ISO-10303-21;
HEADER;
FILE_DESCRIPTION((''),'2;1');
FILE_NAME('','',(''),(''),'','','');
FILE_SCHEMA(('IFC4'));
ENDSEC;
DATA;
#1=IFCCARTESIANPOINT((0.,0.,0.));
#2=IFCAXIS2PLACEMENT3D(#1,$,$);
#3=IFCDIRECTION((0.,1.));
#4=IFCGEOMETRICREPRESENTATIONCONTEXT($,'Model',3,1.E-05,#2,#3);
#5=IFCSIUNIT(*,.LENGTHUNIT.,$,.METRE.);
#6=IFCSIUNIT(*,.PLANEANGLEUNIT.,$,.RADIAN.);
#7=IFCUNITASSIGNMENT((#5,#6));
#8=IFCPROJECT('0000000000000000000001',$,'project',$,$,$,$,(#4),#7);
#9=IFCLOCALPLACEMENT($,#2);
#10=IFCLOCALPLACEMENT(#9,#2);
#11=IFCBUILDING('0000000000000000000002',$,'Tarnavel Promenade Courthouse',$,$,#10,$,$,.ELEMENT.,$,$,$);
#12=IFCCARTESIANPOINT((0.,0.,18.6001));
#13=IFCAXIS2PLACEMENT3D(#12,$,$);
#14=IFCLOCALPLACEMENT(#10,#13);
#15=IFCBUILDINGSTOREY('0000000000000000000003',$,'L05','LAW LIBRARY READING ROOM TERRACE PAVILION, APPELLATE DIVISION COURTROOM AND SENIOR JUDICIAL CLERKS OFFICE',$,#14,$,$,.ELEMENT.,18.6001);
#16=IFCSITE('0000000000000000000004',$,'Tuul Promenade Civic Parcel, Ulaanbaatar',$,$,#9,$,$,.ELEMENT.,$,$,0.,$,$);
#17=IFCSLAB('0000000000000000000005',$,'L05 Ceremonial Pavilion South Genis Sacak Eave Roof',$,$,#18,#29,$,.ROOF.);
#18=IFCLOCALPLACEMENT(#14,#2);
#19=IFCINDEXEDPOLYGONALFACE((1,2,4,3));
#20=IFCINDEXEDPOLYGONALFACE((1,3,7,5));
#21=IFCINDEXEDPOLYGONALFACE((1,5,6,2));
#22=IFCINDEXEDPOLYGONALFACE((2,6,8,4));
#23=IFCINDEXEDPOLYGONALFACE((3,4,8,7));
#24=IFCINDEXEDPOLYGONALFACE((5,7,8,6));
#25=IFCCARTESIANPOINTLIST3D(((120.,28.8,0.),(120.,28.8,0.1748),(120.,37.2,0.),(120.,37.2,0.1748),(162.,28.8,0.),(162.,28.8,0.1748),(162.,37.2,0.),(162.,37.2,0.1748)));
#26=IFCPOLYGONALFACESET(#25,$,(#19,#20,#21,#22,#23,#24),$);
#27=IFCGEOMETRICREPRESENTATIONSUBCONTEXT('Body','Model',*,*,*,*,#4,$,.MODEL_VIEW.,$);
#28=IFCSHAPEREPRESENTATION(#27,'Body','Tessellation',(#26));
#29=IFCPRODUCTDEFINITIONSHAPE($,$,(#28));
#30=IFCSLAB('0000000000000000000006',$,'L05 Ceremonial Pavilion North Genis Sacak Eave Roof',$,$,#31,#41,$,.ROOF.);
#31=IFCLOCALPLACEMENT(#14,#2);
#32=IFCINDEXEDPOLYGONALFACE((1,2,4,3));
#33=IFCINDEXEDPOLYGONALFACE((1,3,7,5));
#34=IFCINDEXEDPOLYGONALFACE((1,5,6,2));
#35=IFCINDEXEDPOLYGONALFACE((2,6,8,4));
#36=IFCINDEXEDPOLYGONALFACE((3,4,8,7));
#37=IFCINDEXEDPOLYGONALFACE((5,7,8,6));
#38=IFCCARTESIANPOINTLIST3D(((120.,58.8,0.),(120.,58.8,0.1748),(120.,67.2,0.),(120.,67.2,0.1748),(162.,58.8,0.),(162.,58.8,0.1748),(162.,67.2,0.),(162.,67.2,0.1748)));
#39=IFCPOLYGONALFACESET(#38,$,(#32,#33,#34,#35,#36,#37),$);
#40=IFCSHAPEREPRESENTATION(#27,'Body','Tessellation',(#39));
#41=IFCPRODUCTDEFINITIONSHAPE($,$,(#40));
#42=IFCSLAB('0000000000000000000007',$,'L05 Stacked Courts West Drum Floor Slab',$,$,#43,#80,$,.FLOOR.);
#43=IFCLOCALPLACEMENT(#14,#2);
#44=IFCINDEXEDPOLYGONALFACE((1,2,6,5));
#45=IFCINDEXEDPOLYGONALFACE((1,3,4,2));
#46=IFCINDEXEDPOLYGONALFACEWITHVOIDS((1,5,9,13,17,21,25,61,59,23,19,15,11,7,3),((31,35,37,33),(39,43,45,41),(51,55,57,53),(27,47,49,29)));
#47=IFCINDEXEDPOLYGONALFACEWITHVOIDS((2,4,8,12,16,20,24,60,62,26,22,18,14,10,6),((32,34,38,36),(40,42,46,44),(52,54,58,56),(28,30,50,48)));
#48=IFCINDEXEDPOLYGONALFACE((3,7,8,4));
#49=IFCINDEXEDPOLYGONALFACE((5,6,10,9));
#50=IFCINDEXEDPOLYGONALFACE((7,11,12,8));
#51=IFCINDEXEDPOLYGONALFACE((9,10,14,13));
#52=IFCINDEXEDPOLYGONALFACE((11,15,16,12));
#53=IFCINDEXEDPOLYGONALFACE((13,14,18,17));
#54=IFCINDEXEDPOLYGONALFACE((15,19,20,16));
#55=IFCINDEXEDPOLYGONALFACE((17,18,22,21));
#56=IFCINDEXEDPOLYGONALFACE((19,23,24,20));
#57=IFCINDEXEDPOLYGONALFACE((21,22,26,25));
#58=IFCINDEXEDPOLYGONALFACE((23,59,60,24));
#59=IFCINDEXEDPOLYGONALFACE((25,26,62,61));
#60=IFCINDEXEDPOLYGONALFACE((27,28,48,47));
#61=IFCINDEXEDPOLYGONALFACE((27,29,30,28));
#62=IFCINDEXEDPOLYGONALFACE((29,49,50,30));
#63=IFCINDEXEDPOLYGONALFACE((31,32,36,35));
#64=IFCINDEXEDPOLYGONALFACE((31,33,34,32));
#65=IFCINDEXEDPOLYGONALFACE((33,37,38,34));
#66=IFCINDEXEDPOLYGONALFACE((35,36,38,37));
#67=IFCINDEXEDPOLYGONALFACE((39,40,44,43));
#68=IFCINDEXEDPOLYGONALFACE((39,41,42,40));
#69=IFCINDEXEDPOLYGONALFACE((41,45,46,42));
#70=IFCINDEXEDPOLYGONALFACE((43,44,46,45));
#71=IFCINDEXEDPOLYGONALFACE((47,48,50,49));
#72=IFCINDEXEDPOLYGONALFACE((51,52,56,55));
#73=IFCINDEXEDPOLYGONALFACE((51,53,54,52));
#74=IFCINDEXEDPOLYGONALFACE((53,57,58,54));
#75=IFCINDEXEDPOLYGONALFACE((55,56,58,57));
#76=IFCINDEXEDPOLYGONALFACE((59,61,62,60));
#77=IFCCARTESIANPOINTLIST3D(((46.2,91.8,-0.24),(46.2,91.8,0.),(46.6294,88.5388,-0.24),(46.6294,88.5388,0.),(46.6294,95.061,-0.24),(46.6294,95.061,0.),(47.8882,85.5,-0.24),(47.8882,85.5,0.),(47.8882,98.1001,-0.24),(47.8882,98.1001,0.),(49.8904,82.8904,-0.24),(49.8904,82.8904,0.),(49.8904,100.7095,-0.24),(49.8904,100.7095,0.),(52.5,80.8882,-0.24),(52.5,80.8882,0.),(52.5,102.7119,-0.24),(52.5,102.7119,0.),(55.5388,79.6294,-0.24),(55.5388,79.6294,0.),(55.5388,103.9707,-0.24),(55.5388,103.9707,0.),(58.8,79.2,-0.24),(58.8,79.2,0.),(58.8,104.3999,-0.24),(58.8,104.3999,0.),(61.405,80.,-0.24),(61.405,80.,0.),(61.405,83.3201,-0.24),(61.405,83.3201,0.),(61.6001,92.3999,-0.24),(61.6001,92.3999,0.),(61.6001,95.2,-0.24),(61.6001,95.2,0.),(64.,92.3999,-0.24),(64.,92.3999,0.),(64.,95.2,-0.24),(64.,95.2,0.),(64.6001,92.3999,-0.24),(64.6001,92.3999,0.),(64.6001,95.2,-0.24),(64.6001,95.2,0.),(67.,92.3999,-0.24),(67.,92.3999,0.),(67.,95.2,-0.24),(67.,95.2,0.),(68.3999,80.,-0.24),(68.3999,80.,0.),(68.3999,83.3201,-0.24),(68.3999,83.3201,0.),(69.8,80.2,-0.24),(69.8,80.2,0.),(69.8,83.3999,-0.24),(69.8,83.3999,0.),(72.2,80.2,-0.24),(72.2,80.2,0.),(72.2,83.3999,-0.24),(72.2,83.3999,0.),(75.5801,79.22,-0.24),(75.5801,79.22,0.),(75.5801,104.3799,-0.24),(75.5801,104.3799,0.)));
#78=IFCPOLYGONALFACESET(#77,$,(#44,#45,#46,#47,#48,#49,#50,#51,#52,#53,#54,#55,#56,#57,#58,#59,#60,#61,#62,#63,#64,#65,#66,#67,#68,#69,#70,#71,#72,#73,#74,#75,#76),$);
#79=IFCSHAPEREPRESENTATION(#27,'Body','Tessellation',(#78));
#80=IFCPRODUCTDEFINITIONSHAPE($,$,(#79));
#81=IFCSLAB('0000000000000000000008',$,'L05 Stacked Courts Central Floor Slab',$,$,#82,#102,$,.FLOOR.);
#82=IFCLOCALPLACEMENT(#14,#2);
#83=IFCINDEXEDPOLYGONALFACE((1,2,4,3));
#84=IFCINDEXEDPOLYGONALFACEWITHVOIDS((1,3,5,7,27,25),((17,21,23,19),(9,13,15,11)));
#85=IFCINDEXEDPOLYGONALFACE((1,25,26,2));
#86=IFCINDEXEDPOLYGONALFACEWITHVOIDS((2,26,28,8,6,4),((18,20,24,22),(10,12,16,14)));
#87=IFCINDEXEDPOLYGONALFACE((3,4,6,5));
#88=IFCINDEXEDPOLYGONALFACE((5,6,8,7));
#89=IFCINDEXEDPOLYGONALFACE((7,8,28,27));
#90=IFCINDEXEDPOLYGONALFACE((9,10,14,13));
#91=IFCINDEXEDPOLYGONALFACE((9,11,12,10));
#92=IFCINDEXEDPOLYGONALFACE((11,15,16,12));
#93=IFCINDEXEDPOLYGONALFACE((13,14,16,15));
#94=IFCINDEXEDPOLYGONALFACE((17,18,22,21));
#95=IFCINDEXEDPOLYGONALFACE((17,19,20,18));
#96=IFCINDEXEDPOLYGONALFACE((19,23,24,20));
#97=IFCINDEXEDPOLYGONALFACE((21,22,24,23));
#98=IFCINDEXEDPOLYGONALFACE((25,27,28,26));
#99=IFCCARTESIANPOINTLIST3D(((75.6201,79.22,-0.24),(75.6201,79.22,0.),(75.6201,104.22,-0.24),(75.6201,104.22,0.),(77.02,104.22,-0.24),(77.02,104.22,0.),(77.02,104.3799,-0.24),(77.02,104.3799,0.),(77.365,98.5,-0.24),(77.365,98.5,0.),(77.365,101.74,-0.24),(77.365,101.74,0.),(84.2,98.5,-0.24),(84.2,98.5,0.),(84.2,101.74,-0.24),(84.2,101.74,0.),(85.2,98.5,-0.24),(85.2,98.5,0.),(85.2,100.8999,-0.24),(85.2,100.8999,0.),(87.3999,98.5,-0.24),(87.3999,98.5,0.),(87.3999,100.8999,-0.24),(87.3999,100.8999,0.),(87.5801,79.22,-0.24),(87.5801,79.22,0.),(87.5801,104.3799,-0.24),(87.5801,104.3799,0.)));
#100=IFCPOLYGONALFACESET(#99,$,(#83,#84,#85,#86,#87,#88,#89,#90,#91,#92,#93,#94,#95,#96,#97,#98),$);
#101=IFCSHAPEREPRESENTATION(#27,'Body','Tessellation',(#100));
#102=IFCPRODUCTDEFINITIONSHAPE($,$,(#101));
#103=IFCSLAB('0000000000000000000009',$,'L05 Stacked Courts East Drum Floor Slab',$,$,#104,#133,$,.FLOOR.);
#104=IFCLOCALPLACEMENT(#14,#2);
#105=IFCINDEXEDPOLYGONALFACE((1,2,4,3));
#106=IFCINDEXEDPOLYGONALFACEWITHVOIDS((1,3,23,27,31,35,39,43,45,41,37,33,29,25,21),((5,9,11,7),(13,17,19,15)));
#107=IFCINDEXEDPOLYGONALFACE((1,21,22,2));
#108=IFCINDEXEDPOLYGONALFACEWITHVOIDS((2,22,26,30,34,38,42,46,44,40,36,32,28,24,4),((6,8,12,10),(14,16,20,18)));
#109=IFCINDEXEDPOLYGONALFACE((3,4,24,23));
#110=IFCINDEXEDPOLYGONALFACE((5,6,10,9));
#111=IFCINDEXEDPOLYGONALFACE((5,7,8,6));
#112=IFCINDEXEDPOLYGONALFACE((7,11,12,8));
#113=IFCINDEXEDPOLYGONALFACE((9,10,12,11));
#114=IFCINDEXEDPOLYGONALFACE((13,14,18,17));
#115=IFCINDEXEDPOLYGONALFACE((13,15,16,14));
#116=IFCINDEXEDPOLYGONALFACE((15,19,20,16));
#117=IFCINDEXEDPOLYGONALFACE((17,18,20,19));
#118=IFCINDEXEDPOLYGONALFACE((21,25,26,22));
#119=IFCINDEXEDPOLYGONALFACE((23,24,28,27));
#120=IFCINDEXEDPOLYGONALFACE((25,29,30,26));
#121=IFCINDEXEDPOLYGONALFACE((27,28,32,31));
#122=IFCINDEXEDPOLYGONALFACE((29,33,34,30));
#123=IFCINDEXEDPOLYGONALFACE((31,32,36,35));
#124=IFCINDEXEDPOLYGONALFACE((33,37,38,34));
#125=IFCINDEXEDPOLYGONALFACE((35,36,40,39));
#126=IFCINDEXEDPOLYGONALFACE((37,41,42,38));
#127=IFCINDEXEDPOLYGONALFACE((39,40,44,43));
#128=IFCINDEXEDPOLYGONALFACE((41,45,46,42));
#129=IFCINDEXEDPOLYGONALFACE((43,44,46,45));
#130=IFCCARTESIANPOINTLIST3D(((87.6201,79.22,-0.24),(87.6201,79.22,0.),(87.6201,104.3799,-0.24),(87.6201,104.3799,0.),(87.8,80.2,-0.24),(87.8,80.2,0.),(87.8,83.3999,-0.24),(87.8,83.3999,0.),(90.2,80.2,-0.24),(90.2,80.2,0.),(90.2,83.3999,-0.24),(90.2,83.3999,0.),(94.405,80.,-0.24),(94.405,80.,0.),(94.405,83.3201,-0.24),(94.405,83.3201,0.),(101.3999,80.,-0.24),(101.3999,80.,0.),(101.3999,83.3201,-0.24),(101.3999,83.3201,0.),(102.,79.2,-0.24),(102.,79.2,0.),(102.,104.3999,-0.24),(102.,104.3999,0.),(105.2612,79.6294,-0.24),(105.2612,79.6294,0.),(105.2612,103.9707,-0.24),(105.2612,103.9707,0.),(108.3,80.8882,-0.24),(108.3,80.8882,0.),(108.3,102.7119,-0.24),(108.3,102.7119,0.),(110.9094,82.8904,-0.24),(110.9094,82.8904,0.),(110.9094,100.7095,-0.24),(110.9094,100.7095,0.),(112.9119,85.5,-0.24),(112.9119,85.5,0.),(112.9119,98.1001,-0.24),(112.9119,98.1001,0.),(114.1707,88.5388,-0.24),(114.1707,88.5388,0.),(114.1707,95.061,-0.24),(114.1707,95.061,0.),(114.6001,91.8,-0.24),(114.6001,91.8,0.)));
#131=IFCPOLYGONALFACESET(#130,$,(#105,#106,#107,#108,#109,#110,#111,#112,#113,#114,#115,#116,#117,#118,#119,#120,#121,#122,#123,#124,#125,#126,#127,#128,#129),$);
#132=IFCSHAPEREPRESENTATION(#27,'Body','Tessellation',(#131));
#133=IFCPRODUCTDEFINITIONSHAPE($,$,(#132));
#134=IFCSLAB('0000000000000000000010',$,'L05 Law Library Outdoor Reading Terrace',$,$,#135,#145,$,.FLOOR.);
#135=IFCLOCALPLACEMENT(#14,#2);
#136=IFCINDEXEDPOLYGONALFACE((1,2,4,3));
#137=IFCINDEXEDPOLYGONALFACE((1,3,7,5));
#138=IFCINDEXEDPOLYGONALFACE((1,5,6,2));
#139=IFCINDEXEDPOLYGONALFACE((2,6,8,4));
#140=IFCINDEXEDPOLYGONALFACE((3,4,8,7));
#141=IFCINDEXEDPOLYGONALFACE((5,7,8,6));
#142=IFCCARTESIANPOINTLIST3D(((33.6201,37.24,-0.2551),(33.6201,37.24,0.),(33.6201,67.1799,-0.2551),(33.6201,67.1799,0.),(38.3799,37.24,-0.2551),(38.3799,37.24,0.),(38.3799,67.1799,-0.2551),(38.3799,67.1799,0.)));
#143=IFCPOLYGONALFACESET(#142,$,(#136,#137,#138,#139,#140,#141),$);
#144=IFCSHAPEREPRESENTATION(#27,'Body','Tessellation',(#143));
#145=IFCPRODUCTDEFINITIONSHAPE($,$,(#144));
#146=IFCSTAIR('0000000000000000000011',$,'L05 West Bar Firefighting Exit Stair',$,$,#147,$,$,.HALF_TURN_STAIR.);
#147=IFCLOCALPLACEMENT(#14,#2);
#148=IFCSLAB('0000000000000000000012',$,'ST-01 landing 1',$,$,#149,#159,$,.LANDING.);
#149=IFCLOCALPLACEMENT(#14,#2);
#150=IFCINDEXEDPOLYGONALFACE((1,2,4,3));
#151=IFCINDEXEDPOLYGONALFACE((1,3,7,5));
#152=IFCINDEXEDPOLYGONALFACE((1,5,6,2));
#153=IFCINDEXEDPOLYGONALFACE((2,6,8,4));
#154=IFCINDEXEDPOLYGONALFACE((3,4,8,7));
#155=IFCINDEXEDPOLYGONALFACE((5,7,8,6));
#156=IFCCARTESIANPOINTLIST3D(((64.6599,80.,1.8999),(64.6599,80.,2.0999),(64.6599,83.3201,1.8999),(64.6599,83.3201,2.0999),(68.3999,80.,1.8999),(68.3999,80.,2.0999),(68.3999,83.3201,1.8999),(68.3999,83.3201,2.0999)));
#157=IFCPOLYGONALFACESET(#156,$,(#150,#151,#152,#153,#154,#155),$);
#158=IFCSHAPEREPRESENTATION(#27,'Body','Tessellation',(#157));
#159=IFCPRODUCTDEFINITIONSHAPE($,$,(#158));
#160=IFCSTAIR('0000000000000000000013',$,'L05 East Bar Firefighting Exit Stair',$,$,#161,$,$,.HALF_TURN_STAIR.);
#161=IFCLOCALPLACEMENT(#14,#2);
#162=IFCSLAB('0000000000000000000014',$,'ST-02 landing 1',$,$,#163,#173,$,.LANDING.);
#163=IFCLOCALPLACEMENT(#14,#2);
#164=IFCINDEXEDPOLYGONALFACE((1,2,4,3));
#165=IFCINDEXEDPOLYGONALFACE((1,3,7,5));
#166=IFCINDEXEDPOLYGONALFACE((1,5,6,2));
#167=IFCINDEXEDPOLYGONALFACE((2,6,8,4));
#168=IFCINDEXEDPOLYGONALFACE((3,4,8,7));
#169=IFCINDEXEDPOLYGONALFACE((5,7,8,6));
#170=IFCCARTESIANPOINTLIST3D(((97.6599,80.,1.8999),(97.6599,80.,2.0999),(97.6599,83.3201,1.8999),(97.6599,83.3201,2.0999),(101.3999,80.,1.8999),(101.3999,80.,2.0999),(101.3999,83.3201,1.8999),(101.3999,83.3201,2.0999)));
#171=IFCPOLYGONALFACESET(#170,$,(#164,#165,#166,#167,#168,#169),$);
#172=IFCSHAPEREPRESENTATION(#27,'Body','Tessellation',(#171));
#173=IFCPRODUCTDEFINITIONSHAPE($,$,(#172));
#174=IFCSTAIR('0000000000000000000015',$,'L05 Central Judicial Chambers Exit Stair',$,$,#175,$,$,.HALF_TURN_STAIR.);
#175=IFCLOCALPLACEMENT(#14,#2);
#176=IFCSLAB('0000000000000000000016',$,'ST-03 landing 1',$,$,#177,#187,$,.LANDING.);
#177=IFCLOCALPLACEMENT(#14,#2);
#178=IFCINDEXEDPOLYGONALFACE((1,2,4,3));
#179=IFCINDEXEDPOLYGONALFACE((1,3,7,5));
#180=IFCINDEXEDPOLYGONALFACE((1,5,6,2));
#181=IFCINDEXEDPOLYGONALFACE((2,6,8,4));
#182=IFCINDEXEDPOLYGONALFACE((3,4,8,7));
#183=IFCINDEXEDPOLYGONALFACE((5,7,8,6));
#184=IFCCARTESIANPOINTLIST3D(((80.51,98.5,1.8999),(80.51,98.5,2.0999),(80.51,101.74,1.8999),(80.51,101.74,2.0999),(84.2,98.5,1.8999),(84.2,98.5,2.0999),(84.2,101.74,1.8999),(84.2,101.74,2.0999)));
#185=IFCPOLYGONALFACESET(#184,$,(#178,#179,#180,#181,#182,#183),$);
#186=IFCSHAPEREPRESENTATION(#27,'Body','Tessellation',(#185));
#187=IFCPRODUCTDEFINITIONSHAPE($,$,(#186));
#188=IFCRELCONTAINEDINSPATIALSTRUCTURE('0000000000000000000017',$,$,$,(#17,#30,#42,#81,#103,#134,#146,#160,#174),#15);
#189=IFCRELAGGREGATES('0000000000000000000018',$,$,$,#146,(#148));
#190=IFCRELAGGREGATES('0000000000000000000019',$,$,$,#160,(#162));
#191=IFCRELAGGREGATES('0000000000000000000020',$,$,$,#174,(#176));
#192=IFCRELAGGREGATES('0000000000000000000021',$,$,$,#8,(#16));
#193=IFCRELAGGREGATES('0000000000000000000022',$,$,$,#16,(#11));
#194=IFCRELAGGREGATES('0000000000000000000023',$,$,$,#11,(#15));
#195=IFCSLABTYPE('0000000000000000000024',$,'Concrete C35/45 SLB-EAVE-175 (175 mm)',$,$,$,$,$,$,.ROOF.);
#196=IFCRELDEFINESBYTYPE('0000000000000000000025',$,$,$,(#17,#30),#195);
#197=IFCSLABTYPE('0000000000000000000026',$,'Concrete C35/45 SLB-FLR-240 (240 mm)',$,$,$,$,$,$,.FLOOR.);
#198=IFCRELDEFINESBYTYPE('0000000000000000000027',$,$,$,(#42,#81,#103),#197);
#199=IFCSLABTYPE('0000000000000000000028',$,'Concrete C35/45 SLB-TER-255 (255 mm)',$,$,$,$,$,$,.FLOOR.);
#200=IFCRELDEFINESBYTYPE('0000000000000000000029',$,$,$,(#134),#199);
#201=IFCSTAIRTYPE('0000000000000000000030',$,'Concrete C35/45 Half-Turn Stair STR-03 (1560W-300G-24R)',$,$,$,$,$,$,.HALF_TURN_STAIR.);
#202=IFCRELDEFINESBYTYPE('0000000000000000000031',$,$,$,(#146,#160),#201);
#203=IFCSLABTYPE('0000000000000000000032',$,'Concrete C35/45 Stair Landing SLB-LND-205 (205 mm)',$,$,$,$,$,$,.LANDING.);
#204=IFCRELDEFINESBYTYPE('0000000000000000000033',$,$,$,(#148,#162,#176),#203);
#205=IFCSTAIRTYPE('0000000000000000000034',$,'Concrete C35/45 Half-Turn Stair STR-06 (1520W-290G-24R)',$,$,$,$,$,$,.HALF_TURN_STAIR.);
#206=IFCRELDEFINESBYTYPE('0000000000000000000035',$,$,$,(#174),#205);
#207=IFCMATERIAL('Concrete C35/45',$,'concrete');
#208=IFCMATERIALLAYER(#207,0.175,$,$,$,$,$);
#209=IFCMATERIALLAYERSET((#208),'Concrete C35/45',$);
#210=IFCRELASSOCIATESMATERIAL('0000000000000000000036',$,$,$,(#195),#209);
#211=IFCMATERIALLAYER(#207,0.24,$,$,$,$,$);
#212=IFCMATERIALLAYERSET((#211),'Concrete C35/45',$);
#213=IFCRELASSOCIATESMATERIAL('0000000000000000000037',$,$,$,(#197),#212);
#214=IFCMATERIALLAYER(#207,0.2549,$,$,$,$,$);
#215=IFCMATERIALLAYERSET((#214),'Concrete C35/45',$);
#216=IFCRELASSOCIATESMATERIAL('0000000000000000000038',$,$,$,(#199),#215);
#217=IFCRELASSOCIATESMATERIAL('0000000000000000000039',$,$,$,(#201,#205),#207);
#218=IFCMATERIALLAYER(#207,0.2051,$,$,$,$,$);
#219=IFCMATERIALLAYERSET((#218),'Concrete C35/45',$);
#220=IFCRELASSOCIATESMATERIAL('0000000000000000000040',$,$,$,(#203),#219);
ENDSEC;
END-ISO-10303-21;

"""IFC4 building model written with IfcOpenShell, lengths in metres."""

from ifc_helpers import new_model, si_unit, direction, frame, origin, place, context, subcontext, project, spatial, polyline, outline, extrude, material, layer, layer_set, type_object, element, aggregate, save


model = new_model("IFC4")

# Units and contexts
model_context = context("Model", 3, precision=1e-05, world=origin(), true_north=direction((0.0, 1.0)))
body_context = subcontext(model_context, "Body", "Model", "MODEL_VIEW")
ifc_project = project(units=[si_unit("LENGTHUNIT", "METRE"), si_unit("PLANEANGLEUNIT", "RADIAN")], contexts=[model_context])

# Site, building, storey
site_placement = place(None, origin())
site = spatial("IfcSite", under=ifc_project, at=site_placement, Name="Tuul Promenade Civic Parcel, Ulaanbaatar", CompositionType="ELEMENT", RefElevation=0.0)
building_placement = place(site_placement, origin())
building = spatial("IfcBuilding", under=site, at=building_placement, Name="Tarnavel Promenade Courthouse", CompositionType="ELEMENT")
storey_placement = place(building_placement, frame((0.0, 0.0, 18.6001)))
storey = spatial("IfcBuildingStorey", under=building, at=storey_placement, Name="L05", Description="LAW LIBRARY READING ROOM TERRACE PAVILION, APPELLATE DIVISION COURTROOM AND SENIOR JUDICIAL CLERKS OFFICE", CompositionType="ELEMENT", Elevation=18.6001)

# Slabs
ifc_material_1 = material(Name="Concrete C35/45", Category="concrete")
ifc_layer_1 = layer(ifc_material_1, 0.175)
ifc_layer_set_1 = layer_set([ifc_layer_1], Name="Concrete C35/45")
slab_type_1 = type_object("IfcSlabType", Name="Concrete C35/45 SLB-EAVE-175 (175 mm)", PredefinedType="ROOF", material=ifc_layer_set_1)
slab_1_placement = place(storey_placement, origin())
element("IfcSlab", 1, at=slab_1_placement, inside=storey, type_object=slab_type_1, Name="L05 Ceremonial Pavilion South Genis Sacak Eave Roof", PredefinedType="ROOF", context=body_context, shape_type="SweptSolid", body=[
    extrude(outline(polyline([(120.0, 28.8), (162.0, 28.8), (162.0, 37.2), (120.0, 37.2), (120.0, 28.8)])), origin(), (0.0, 0.0, 1.0), 0.1748),
])
slab_2_placement = place(storey_placement, origin())
element("IfcSlab", 2, at=slab_2_placement, inside=storey, type_object=slab_type_1, Name="L05 Ceremonial Pavilion North Genis Sacak Eave Roof", PredefinedType="ROOF", context=body_context, shape_type="SweptSolid", body=[
    extrude(outline(polyline([(120.0, 58.8), (162.0, 58.8), (162.0, 67.2), (120.0, 67.2), (120.0, 58.8)])), origin(), (0.0, 0.0, 1.0), 0.1748),
])
ifc_layer_2 = layer(ifc_material_1, 0.24)
ifc_layer_set_2 = layer_set([ifc_layer_2], Name="Concrete C35/45")
slab_type_2 = type_object("IfcSlabType", Name="Concrete C35/45 SLB-FLR-240 (240 mm)", PredefinedType="FLOOR", material=ifc_layer_set_2)
slab_3_placement = place(storey_placement, frame((0.0, 0.0, -0.24)))
element("IfcSlab", 3, at=slab_3_placement, inside=storey, type_object=slab_type_2, Name="L05 Stacked Courts West Drum Floor Slab", PredefinedType="FLOOR", context=body_context, shape_type="SweptSolid", body=[
    extrude(outline(polyline([(75.5801, 79.22), (75.5801, 104.3799), (58.8, 104.3999), (55.5388, 103.9707), (52.5, 102.7119), (49.8904, 100.7095), (47.8882, 98.1001), (46.6294, 95.061), (46.2, 91.8), (46.6294, 88.5388), (47.8882, 85.5), (49.8904, 82.8904), (52.5, 80.8882), (55.5388, 79.6294), (58.8, 79.2), (75.5801, 79.22)]), holes=[polyline([(61.405, 80.0), (68.3999, 80.0), (68.3999, 83.3201), (61.405, 83.3201), (61.405, 80.0)]), polyline([(69.8, 80.2), (72.2, 80.2), (72.2, 83.3999), (69.8, 83.3999), (69.8, 80.2)]), polyline([(61.6001, 92.3999), (64.0, 92.3999), (64.0, 95.2), (61.6001, 95.2), (61.6001, 92.3999)]), polyline([(64.6001, 92.3999), (67.0, 92.3999), (67.0, 95.2), (64.6001, 95.2), (64.6001, 92.3999)])]), origin(), (0.0, 0.0, 1.0), 0.24),
])
slab_4_placement = place(storey_placement, frame((0.0, 0.0, -0.24)))
element("IfcSlab", 4, at=slab_4_placement, inside=storey, type_object=slab_type_2, Name="L05 Stacked Courts Central Floor Slab", PredefinedType="FLOOR", context=body_context, shape_type="SweptSolid", body=[
    extrude(outline(polyline([(75.6201, 79.22), (87.5801, 79.22), (87.5801, 104.3799), (77.02, 104.3799), (77.02, 104.22), (75.6201, 104.22), (75.6201, 79.22)]), holes=[polyline([(77.365, 98.5), (84.2, 98.5), (84.2, 101.74), (77.365, 101.74), (77.365, 98.5)]), polyline([(85.2, 98.5), (87.3999, 98.5), (87.3999, 100.8999), (85.2, 100.8999), (85.2, 98.5)])]), origin(), (0.0, 0.0, 1.0), 0.24),
])
slab_5_placement = place(storey_placement, frame((0.0, 0.0, -0.24)))
element("IfcSlab", 5, at=slab_5_placement, inside=storey, type_object=slab_type_2, Name="L05 Stacked Courts East Drum Floor Slab", PredefinedType="FLOOR", context=body_context, shape_type="SweptSolid", body=[
    extrude(outline(polyline([(87.6201, 104.3799), (87.6201, 79.22), (102.0, 79.2), (105.2612, 79.6294), (108.3, 80.8882), (110.9094, 82.8904), (112.9119, 85.5), (114.1707, 88.5388), (114.6001, 91.8), (114.1707, 95.061), (112.9119, 98.1001), (110.9094, 100.7095), (108.3, 102.7119), (105.2612, 103.9707), (102.0, 104.3999), (87.6201, 104.3799)]), holes=[polyline([(94.405, 80.0), (101.3999, 80.0), (101.3999, 83.3201), (94.405, 83.3201), (94.405, 80.0)]), polyline([(87.8, 80.2), (90.2, 80.2), (90.2, 83.3999), (87.8, 83.3999), (87.8, 80.2)])]), origin(), (0.0, 0.0, 1.0), 0.24),
])
ifc_layer_3 = layer(ifc_material_1, 0.2549)
ifc_layer_set_3 = layer_set([ifc_layer_3], Name="Concrete C35/45")
slab_type_3 = type_object("IfcSlabType", Name="Concrete C35/45 SLB-TER-255 (255 mm)", PredefinedType="FLOOR", material=ifc_layer_set_3)
slab_6_placement = place(storey_placement, frame((0.0, 0.0, -0.2551)))
element("IfcSlab", 6, at=slab_6_placement, inside=storey, type_object=slab_type_3, Name="L05 Law Library Outdoor Reading Terrace", PredefinedType="FLOOR", context=body_context, shape_type="SweptSolid", body=[
    extrude(outline(polyline([(33.6201, 37.24), (38.3799, 37.24), (38.3799, 67.1799), (33.6201, 67.1799), (33.6201, 37.24)])), origin(), (0.0, 0.0, 1.0), 0.2551),
])

# Stairs, slabs
stair_type_1 = type_object("IfcStairType", Name="Concrete C35/45 Half-Turn Stair STR-03 (1560W-300G-24R)", PredefinedType="HALF_TURN_STAIR", material=ifc_material_1)
stair_1_placement = place(storey_placement, origin())
stair_1 = element("IfcStair", 7, at=stair_1_placement, inside=storey, type_object=stair_type_1, Name="L05 West Bar Firefighting Exit Stair", PredefinedType="HALF_TURN_STAIR")
ifc_layer_4 = layer(ifc_material_1, 0.2051)
ifc_layer_set_4 = layer_set([ifc_layer_4], Name="Concrete C35/45")
slab_type_4 = type_object("IfcSlabType", Name="Concrete C35/45 Stair Landing SLB-LND-205 (205 mm)", PredefinedType="LANDING", material=ifc_layer_set_4)
slab_7_placement = place(storey_placement, frame((0.0, 0.0, 1.8999)))
slab_7 = element("IfcSlab", 8, at=slab_7_placement, type_object=slab_type_4, Name="ST-01 landing 1", PredefinedType="LANDING", context=body_context, shape_type="SweptSolid", body=[
    extrude(outline(polyline([(64.6599, 80.0), (68.3999, 80.0), (68.3999, 83.3201), (64.6599, 83.3201), (64.6599, 80.0)])), origin(), (0.0, 0.0, 1.0), 0.2),
])
aggregate(stair_1, [slab_7])
stair_2_placement = place(storey_placement, origin())
stair_2 = element("IfcStair", 9, at=stair_2_placement, inside=storey, type_object=stair_type_1, Name="L05 East Bar Firefighting Exit Stair", PredefinedType="HALF_TURN_STAIR")
slab_8_placement = place(storey_placement, frame((0.0, 0.0, 1.8999)))
slab_8 = element("IfcSlab", 10, at=slab_8_placement, type_object=slab_type_4, Name="ST-02 landing 1", PredefinedType="LANDING", context=body_context, shape_type="SweptSolid", body=[
    extrude(outline(polyline([(97.6599, 80.0), (101.3999, 80.0), (101.3999, 83.3201), (97.6599, 83.3201), (97.6599, 80.0)])), origin(), (0.0, 0.0, 1.0), 0.2),
])
aggregate(stair_2, [slab_8])
stair_type_2 = type_object("IfcStairType", Name="Concrete C35/45 Half-Turn Stair STR-06 (1520W-290G-24R)", PredefinedType="HALF_TURN_STAIR", material=ifc_material_1)
stair_3_placement = place(storey_placement, origin())
stair_3 = element("IfcStair", 11, at=stair_3_placement, inside=storey, type_object=stair_type_2, Name="L05 Central Judicial Chambers Exit Stair", PredefinedType="HALF_TURN_STAIR")
slab_9_placement = place(storey_placement, frame((0.0, 0.0, 1.8999)))
slab_9 = element("IfcSlab", 12, at=slab_9_placement, type_object=slab_type_4, Name="ST-03 landing 1", PredefinedType="LANDING", context=body_context, shape_type="SweptSolid", body=[
    extrude(outline(polyline([(80.51, 98.5), (84.2, 98.5), (84.2, 101.74), (80.51, 101.74), (80.51, 98.5)])), origin(), (0.0, 0.0, 1.0), 0.2),
])
aggregate(stair_3, [slab_9])

save(model, "model.ifc")
